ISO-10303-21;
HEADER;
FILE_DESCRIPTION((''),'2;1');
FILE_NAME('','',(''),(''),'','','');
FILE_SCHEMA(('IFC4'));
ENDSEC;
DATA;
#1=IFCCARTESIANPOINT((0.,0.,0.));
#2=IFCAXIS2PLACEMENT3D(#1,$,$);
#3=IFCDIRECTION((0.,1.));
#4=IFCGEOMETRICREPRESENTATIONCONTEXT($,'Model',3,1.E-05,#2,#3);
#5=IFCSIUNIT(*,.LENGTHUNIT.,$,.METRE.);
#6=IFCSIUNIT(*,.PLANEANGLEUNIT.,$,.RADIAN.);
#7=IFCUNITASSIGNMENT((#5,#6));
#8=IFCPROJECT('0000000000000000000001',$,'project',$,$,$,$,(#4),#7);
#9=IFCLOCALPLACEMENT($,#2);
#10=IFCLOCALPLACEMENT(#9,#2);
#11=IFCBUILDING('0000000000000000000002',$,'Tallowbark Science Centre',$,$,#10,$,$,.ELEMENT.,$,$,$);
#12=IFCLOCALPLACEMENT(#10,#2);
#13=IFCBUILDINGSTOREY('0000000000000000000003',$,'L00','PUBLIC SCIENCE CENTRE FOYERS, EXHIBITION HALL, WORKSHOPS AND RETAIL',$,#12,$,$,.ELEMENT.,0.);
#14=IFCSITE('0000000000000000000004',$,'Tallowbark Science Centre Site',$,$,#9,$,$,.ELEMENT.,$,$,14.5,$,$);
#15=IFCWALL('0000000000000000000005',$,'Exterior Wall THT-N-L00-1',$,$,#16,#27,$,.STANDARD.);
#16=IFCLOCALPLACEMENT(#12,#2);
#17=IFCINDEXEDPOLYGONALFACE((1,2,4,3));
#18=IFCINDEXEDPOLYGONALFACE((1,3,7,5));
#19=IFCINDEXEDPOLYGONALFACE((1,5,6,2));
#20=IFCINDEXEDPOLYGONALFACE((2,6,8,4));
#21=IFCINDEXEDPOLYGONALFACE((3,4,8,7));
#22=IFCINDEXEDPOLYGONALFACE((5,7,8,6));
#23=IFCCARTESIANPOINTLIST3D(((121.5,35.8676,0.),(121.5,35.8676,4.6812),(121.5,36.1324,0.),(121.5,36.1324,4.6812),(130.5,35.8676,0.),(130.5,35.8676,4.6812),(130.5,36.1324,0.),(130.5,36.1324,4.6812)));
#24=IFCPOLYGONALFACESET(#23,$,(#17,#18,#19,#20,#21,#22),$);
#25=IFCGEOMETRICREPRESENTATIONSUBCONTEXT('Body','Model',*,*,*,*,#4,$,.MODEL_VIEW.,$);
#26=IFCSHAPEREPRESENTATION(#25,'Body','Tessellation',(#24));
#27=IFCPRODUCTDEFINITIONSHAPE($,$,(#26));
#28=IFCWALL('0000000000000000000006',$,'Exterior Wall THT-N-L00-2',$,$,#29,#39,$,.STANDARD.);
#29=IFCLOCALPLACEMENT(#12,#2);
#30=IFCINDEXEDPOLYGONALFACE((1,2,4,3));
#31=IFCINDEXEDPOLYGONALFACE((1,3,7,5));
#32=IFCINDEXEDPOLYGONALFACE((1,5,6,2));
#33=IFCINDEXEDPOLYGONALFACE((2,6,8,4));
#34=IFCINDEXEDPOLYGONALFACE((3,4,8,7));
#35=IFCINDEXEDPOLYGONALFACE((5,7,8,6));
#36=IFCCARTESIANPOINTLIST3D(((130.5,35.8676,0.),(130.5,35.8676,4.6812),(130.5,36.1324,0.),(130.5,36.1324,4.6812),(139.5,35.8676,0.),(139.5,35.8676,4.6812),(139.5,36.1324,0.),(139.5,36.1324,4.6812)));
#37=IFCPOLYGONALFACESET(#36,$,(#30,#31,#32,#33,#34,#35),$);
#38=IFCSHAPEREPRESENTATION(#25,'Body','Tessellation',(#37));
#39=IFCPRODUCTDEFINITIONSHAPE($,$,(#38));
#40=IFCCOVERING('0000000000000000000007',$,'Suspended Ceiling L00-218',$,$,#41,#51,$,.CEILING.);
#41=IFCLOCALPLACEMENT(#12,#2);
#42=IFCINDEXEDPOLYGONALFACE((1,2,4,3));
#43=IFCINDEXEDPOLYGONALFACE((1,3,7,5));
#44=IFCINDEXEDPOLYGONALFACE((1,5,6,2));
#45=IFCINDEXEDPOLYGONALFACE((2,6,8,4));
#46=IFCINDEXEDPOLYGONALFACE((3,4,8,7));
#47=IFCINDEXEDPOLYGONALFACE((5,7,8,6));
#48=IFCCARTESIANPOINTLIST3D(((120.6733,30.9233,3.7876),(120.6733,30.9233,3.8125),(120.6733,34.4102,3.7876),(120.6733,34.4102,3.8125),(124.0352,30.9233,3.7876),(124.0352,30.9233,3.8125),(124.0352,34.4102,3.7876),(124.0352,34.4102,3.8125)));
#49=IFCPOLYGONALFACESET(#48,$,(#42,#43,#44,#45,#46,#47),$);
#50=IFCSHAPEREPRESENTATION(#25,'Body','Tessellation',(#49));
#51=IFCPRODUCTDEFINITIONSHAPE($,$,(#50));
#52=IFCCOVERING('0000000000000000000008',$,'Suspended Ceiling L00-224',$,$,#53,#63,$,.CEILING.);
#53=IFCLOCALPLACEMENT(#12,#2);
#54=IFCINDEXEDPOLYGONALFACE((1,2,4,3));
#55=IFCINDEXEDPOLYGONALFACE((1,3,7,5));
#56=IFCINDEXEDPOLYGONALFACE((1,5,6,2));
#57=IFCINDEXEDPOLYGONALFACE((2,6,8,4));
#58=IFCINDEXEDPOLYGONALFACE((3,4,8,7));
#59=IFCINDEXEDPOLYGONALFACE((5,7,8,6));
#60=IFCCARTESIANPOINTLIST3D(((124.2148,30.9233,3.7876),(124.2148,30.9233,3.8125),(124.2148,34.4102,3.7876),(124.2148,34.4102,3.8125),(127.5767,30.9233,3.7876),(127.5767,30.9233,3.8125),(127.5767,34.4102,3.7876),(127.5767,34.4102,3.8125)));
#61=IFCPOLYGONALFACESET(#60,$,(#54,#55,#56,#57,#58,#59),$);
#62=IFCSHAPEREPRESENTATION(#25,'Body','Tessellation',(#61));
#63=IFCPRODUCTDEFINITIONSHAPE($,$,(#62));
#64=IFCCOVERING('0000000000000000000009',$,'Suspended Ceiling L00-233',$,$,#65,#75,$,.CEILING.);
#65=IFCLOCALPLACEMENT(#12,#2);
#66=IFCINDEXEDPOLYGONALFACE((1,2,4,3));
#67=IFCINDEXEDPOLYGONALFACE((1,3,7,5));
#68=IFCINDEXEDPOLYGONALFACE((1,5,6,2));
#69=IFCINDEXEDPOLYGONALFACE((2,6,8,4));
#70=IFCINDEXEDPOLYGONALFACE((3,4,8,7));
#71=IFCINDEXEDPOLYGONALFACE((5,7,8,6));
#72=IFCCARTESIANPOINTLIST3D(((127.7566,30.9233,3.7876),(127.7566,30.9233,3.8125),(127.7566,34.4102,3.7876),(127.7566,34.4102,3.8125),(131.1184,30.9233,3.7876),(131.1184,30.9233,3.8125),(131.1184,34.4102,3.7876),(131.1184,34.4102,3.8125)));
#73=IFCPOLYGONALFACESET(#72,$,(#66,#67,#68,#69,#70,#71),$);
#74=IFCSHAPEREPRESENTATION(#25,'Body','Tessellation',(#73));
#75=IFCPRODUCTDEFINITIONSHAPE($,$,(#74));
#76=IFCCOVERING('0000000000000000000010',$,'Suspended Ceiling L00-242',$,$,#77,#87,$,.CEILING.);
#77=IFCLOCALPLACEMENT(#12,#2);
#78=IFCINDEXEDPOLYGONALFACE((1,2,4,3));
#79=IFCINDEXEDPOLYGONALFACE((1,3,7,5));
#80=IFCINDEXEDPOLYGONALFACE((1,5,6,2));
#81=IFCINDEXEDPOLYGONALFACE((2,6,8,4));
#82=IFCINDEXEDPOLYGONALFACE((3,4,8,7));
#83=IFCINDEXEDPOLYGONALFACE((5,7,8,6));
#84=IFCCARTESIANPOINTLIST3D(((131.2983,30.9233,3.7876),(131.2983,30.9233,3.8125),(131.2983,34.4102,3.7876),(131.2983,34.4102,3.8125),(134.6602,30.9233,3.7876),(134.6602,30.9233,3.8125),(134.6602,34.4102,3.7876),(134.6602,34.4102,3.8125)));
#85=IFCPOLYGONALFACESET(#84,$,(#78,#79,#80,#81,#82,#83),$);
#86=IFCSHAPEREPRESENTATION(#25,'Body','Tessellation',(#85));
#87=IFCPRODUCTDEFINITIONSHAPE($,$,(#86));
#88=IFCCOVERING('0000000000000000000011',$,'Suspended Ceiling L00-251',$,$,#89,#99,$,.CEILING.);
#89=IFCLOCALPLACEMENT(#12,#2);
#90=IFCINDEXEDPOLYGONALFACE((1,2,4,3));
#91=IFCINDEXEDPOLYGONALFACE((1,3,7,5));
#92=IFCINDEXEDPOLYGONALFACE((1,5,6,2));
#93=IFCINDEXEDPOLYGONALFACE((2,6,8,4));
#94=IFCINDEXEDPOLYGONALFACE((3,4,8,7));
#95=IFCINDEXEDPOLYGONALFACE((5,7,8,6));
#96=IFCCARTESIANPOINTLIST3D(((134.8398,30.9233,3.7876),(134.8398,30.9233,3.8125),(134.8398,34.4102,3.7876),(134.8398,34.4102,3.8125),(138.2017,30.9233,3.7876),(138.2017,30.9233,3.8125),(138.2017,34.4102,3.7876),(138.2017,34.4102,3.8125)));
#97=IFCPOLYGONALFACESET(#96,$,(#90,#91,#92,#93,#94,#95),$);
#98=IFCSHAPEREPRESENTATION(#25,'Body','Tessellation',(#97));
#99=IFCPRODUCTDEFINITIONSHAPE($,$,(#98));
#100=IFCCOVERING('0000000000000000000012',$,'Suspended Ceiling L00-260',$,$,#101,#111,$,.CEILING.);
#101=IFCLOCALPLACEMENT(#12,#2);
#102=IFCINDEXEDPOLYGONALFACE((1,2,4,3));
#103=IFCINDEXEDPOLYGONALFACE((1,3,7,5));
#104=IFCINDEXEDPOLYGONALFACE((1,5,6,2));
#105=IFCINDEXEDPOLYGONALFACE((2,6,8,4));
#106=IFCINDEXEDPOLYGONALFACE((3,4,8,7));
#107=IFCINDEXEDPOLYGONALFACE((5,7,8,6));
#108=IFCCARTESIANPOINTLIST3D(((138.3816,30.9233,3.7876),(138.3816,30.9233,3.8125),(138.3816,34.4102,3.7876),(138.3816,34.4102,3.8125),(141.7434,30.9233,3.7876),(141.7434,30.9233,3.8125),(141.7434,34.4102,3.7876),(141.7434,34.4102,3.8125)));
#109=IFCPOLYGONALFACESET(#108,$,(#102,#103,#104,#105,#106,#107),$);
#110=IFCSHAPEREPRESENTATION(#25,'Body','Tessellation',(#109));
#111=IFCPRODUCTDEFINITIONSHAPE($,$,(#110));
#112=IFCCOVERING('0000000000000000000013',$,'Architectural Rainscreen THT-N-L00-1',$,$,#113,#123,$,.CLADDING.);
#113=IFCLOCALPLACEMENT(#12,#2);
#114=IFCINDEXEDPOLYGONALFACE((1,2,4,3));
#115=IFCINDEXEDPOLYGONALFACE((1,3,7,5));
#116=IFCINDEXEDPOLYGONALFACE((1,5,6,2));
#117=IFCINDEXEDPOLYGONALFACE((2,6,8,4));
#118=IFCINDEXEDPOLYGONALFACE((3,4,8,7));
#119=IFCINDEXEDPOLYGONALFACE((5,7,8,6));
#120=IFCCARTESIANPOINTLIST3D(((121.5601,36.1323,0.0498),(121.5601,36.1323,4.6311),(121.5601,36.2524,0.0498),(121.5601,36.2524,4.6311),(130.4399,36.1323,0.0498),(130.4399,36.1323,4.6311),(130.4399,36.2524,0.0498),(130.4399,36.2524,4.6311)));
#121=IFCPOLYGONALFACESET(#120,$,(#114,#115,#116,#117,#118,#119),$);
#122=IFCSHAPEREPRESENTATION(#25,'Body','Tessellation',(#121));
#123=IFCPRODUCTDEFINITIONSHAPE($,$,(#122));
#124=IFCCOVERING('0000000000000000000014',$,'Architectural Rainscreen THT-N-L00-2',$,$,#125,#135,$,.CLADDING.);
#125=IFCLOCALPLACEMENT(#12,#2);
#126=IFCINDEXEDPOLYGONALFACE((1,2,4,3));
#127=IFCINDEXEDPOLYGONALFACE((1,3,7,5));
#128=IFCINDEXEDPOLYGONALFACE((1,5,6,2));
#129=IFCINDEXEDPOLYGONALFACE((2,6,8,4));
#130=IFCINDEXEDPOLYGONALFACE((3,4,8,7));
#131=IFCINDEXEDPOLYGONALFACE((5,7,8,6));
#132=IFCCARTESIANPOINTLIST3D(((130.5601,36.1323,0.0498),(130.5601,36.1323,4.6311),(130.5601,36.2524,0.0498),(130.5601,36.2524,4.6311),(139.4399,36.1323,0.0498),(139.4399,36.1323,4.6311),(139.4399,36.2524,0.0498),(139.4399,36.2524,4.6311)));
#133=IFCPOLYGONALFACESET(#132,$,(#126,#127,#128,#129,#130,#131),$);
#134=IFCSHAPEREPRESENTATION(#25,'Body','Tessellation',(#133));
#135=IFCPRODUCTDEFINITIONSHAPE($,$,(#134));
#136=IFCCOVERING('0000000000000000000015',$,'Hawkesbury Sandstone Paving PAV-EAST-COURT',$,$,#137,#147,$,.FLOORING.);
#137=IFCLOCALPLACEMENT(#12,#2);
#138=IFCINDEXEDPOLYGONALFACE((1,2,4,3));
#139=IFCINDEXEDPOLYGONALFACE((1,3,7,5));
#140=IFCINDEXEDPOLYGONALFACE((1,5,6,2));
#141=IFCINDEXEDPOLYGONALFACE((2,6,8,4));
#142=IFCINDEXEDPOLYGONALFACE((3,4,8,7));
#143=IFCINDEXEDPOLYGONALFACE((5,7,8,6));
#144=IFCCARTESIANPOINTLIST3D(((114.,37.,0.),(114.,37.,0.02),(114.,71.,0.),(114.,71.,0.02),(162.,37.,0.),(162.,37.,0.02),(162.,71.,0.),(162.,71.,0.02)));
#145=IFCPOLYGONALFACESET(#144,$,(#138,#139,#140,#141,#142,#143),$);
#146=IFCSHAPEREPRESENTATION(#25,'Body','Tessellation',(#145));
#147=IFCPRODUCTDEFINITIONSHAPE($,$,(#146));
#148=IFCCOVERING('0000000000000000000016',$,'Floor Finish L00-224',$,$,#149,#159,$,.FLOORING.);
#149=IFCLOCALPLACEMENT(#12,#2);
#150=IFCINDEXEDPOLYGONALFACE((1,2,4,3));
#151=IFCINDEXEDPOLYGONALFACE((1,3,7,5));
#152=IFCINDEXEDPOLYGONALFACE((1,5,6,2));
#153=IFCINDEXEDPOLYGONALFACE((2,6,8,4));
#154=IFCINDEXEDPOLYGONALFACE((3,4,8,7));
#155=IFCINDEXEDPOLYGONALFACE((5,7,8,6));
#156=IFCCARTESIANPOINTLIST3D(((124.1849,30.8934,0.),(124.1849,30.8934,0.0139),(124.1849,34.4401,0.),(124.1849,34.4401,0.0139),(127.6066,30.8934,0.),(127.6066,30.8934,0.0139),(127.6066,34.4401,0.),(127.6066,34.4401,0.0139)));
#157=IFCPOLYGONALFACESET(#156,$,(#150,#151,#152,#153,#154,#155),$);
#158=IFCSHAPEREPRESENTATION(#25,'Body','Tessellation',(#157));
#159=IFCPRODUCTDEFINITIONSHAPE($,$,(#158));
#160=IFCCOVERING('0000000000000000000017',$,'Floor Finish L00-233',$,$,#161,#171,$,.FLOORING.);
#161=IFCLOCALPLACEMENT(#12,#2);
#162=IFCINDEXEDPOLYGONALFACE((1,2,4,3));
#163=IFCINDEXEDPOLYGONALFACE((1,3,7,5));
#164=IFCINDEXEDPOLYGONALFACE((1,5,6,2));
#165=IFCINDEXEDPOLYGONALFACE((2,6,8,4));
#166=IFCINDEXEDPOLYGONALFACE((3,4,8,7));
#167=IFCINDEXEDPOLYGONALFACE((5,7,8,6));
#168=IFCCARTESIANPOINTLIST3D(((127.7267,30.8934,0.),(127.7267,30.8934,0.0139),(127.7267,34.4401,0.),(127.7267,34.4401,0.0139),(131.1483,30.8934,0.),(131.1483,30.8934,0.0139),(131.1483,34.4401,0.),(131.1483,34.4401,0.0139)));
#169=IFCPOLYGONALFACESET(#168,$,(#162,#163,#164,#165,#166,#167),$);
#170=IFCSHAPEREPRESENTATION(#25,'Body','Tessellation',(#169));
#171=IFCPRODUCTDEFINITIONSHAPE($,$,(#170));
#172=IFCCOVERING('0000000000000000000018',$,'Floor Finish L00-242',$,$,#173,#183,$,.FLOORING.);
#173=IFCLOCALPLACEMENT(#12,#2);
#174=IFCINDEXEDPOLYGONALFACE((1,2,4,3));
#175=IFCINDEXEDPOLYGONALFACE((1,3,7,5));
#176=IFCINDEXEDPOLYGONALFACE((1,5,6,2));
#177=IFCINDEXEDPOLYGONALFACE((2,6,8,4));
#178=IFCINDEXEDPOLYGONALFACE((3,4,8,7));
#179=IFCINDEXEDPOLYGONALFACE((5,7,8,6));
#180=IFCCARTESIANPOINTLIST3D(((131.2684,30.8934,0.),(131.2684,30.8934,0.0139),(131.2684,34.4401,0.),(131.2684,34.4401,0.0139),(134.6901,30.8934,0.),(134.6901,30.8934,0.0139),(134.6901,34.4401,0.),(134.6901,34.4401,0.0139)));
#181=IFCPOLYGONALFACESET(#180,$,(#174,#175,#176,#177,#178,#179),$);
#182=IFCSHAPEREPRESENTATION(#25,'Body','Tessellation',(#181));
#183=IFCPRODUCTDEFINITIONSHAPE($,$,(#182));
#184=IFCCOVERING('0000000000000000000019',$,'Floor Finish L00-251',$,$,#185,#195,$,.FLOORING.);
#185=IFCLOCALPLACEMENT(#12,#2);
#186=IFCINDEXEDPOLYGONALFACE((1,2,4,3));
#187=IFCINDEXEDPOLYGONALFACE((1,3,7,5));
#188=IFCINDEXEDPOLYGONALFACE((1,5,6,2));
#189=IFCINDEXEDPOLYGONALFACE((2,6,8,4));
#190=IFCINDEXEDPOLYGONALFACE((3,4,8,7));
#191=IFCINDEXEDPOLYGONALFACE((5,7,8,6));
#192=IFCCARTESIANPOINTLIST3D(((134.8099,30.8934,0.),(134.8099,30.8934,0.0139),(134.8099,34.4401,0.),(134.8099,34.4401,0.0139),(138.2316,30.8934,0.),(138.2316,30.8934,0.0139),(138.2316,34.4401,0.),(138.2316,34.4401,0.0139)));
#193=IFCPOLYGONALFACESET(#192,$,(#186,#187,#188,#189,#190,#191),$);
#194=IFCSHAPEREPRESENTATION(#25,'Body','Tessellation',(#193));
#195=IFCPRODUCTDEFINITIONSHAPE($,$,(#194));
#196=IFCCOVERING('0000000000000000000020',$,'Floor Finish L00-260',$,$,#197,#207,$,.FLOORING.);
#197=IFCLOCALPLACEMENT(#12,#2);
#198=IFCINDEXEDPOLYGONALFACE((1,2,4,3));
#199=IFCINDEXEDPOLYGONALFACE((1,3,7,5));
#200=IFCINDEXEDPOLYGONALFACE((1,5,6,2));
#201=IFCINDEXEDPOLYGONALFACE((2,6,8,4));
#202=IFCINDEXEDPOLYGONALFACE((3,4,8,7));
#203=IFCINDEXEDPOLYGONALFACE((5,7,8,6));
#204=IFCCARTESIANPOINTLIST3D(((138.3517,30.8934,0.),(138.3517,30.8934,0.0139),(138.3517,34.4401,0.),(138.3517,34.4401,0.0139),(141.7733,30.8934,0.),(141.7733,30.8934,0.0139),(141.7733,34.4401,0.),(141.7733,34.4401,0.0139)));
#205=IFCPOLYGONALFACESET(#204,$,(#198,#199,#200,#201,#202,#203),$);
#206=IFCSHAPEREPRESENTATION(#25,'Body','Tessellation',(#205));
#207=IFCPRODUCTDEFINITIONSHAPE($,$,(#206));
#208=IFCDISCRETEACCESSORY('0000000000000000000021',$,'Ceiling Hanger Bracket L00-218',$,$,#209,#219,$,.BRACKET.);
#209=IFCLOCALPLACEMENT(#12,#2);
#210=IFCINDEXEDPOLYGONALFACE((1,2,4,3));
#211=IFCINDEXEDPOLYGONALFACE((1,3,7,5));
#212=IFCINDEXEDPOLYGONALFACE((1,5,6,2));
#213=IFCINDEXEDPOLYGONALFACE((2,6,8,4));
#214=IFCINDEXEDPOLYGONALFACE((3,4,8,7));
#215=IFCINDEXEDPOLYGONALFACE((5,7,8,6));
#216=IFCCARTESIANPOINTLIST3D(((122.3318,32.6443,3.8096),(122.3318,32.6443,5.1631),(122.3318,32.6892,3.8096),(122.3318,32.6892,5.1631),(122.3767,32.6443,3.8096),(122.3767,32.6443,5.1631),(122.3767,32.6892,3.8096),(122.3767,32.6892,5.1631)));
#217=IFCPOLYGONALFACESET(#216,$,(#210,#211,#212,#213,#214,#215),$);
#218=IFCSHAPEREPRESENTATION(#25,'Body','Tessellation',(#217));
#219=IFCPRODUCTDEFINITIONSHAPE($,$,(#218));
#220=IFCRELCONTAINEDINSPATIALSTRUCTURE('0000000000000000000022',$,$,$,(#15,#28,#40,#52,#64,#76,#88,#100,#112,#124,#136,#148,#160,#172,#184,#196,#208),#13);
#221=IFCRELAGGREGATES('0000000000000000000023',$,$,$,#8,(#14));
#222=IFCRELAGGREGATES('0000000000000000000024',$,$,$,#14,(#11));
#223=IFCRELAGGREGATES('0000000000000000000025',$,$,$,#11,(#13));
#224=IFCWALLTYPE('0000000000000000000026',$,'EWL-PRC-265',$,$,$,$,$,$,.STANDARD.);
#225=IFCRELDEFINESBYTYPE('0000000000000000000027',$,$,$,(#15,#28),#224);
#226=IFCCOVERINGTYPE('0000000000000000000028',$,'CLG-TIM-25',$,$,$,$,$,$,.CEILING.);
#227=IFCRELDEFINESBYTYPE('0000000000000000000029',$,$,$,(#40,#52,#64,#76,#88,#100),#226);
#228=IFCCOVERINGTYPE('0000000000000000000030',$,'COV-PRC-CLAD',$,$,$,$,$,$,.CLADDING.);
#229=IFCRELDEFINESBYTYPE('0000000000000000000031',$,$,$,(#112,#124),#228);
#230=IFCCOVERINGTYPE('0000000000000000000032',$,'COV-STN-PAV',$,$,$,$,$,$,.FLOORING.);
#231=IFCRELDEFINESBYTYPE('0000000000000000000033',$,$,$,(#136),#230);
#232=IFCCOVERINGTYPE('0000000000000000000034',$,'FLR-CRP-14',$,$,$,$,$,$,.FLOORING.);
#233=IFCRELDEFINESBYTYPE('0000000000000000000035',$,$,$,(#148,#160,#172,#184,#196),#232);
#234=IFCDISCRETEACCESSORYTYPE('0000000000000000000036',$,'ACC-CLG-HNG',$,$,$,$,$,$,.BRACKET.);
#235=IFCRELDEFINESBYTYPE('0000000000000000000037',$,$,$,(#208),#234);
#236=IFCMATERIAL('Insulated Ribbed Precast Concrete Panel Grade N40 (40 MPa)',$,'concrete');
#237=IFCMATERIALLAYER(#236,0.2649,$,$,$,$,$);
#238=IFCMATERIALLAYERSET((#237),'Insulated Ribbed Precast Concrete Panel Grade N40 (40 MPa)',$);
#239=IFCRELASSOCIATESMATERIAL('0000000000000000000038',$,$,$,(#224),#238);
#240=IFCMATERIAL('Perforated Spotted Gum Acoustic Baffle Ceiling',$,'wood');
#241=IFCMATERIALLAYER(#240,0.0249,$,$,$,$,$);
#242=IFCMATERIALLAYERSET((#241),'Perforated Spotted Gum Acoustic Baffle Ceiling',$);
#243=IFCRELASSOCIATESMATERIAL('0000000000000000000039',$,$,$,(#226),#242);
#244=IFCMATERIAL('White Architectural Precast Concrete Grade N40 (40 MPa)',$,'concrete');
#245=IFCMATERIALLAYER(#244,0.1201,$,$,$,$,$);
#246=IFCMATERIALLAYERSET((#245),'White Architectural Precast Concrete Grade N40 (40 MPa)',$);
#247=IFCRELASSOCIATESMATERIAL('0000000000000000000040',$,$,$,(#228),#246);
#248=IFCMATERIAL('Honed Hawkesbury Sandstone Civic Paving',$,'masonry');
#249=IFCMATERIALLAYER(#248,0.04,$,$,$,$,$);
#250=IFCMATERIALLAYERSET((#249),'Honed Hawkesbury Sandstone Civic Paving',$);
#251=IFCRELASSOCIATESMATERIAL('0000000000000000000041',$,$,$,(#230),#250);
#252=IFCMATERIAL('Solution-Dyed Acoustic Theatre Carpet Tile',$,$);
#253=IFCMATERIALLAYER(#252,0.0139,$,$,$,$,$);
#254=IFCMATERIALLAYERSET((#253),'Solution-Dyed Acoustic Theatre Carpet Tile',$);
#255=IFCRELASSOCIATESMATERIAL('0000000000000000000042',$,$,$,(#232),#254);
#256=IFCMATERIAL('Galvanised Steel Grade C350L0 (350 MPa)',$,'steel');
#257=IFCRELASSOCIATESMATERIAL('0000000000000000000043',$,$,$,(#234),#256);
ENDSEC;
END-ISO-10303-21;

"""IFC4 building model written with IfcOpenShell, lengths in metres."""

from ifc_helpers import new_model, si_unit, direction, frame, frame_2d, origin, origin_2d, place, context, subcontext, project, spatial, rectangle, extrude, material, layer, layer_set, type_object, element, save


model = new_model("IFC4")

# Units and contexts
model_context = context("Model", 3, precision=1e-05, world=origin(), true_north=direction((0.0, 1.0)))
body_context = subcontext(model_context, "Body", "Model", "MODEL_VIEW")
ifc_project = project(units=[si_unit("LENGTHUNIT", "METRE"), si_unit("PLANEANGLEUNIT", "RADIAN")], contexts=[model_context])

# Site, building, storey
site_placement = place(None, origin())
site = spatial("IfcSite", under=ifc_project, at=site_placement, Name="Tallowbark Science Centre Site", CompositionType="ELEMENT", RefElevation=14.5)
building_placement = place(site_placement, origin())
building = spatial("IfcBuilding", under=site, at=building_placement, Name="Tallowbark Science Centre", CompositionType="ELEMENT")
storey_placement = place(building_placement, origin())
storey = spatial("IfcBuildingStorey", under=building, at=storey_placement, Name="L00", Description="PUBLIC SCIENCE CENTRE FOYERS, EXHIBITION HALL, WORKSHOPS AND RETAIL", CompositionType="ELEMENT", Elevation=0.0)

# Walls
ifc_material_1 = material(Name="Insulated Ribbed Precast Concrete Panel Grade N40 (40 MPa)", Category="concrete")
ifc_layer_1 = layer(ifc_material_1, 0.2649)
ifc_layer_set_1 = layer_set([ifc_layer_1], Name="Insulated Ribbed Precast Concrete Panel Grade N40 (40 MPa)")
wall_type = type_object("IfcWallType", Name="EWL-PRC-265", PredefinedType="STANDARD", material=ifc_layer_set_1)
for number, where, z_axis, x_axis, name in (
    (1, (130.5, 36.0, 0.0), (0.0, 0.0, 1.0), (-1.0, 0.0, 0.0), "Exterior Wall THT-N-L00-1"),
    (2, (139.5, 36.0, 0.0), (0.0, 0.0, 1.0), (-1.0, 0.0, 0.0), "Exterior Wall THT-N-L00-2"),
):
    element("IfcWall", number, at=place(storey_placement, frame(where, z_axis=z_axis, x_axis=x_axis)), inside=storey, type_object=wall_type, Name=name, PredefinedType="STANDARD", context=body_context, shape_type="SweptSolid", body=[
        extrude(rectangle(XDim=9.0, YDim=0.2649, at=frame_2d((4.5, 0.0))), origin(), (0.0, 0.0, 1.0), 4.6812),
    ])

# Coverings
ifc_material_2 = material(Name="Perforated Spotted Gum Acoustic Baffle Ceiling", Category="wood")
ifc_layer_2 = layer(ifc_material_2, 0.0249)
ifc_layer_set_2 = layer_set([ifc_layer_2], Name="Perforated Spotted Gum Acoustic Baffle Ceiling")
covering_type_1 = type_object("IfcCoveringType", Name="CLG-TIM-25", PredefinedType="CEILING", material=ifc_layer_set_2)
for number, where, z_axis, x_axis, name in (
    (3, (122.3542, 32.6667, 3.7876), (0.0, 0.0, 1.0), (1.0, 0.0, 0.0), "Suspended Ceiling L00-218"),
    (4, (125.8958, 32.6667, 3.7876), (0.0, 0.0, 1.0), (1.0, 0.0, 0.0), "Suspended Ceiling L00-224"),
    (5, (129.4375, 32.6667, 3.7876), (0.0, 0.0, 1.0), (1.0, 0.0, 0.0), "Suspended Ceiling L00-233"),
    (6, (132.9792, 32.6667, 3.7876), (0.0, 0.0, 1.0), (1.0, 0.0, 0.0), "Suspended Ceiling L00-242"),
    (7, (136.5208, 32.6667, 3.7876), (0.0, 0.0, 1.0), (1.0, 0.0, 0.0), "Suspended Ceiling L00-251"),
    (8, (140.0625, 32.6667, 3.7876), (0.0, 0.0, 1.0), (1.0, 0.0, 0.0), "Suspended Ceiling L00-260"),
):
    element("IfcCovering", number, at=place(storey_placement, frame(where, z_axis=z_axis, x_axis=x_axis)), inside=storey, type_object=covering_type_1, Name=name, PredefinedType="CEILING", context=body_context, shape_type="SweptSolid", body=[
        extrude(rectangle(XDim=3.3618, YDim=3.4868, at=origin_2d()), origin(), (0.0, 0.0, 1.0), 0.0249),
    ])
ifc_material_3 = material(Name="White Architectural Precast Concrete Grade N40 (40 MPa)", Category="concrete")
ifc_layer_3 = layer(ifc_material_3, 0.1201)
ifc_layer_set_3 = layer_set([ifc_layer_3], Name="White Architectural Precast Concrete Grade N40 (40 MPa)")
covering_type_2 = type_object("IfcCoveringType", Name="COV-PRC-CLAD", PredefinedType="CLADDING", material=ifc_layer_set_3)
for number, where, z_axis, x_axis, name in (
    (9, (126.0, 36.1924, 0.0498), (0.0, 0.0, 1.0), (-1.0, 0.0, 0.0), "Architectural Rainscreen THT-N-L00-1"),
    (10, (135.0, 36.1924, 0.0498), (0.0, 0.0, 1.0), (-1.0, 0.0, 0.0), "Architectural Rainscreen THT-N-L00-2"),
):
    element("IfcCovering", number, at=place(storey_placement, frame(where, z_axis=z_axis, x_axis=x_axis)), inside=storey, type_object=covering_type_2, Name=name, PredefinedType="CLADDING", context=body_context, shape_type="SweptSolid", body=[
        extrude(rectangle(XDim=8.8799, YDim=0.1201, at=origin_2d()), origin(), (0.0, 0.0, 1.0), 4.5813),
    ])
ifc_material_4 = material(Name="Honed Hawkesbury Sandstone Civic Paving", Category="masonry")
ifc_layer_4 = layer(ifc_material_4, 0.04)
ifc_layer_set_4 = layer_set([ifc_layer_4], Name="Honed Hawkesbury Sandstone Civic Paving")
covering_type_3 = type_object("IfcCoveringType", Name="COV-STN-PAV", PredefinedType="FLOORING", material=ifc_layer_set_4)
covering_placement = place(storey_placement, frame((138.0, 54.0, 0.0), z_axis=(0.0, 0.0, 1.0), x_axis=(1.0, 0.0, 0.0)))
element("IfcCovering", 11, at=covering_placement, inside=storey, type_object=covering_type_3, Name="Hawkesbury Sandstone Paving PAV-EAST-COURT", PredefinedType="FLOORING", context=body_context, shape_type="SweptSolid", body=[
    extrude(rectangle(XDim=48.0, YDim=34.0, at=origin_2d()), origin(), (0.0, 0.0, 1.0), 0.02),
])
ifc_material_5 = material(Name="Solution-Dyed Acoustic Theatre Carpet Tile")
ifc_layer_5 = layer(ifc_material_5, 0.0139)
ifc_layer_set_5 = layer_set([ifc_layer_5], Name="Solution-Dyed Acoustic Theatre Carpet Tile")
covering_type_4 = type_object("IfcCoveringType", Name="FLR-CRP-14", PredefinedType="FLOORING", material=ifc_layer_set_5)
for number, where, z_axis, x_axis, name in (
    (12, (125.8958, 32.6667, 0.0), (0.0, 0.0, 1.0), (1.0, 0.0, 0.0), "Floor Finish L00-224"),
    (13, (129.4375, 32.6667, 0.0), (0.0, 0.0, 1.0), (1.0, 0.0, 0.0), "Floor Finish L00-233"),
    (14, (132.9792, 32.6667, 0.0), (0.0, 0.0, 1.0), (1.0, 0.0, 0.0), "Floor Finish L00-242"),
    (15, (136.5208, 32.6667, 0.0), (0.0, 0.0, 1.0), (1.0, 0.0, 0.0), "Floor Finish L00-251"),
    (16, (140.0625, 32.6667, 0.0), (0.0, 0.0, 1.0), (1.0, 0.0, 0.0), "Floor Finish L00-260"),
):
    element("IfcCovering", number, at=place(storey_placement, frame(where, z_axis=z_axis, x_axis=x_axis)), inside=storey, type_object=covering_type_4, Name=name, PredefinedType="FLOORING", context=body_context, shape_type="SweptSolid", body=[
        extrude(rectangle(XDim=3.4216, YDim=3.5466, at=origin_2d()), origin(), (0.0, 0.0, 1.0), 0.0139),
    ])

# Discrete accessory
ifc_material_6 = material(Name="Galvanised Steel Grade C350L0 (350 MPa)", Category="steel")
discrete_accessory_type = type_object("IfcDiscreteAccessoryType", Name="ACC-CLG-HNG", PredefinedType="BRACKET", material=ifc_material_6)
for number, where, z_axis, x_axis, name in (
    (17, (122.3542, 32.6667, 3.8096), (0.0, 0.0, 1.0), (1.0, 0.0, 0.0), "Ceiling Hanger Bracket L00-218"),
):
    element("IfcDiscreteAccessory", number, at=place(storey_placement, frame(where, z_axis=z_axis, x_axis=x_axis)), inside=storey, type_object=discrete_accessory_type, Name=name, PredefinedType="BRACKET", context=body_context, shape_type="SweptSolid", body=[
        extrude(rectangle(XDim=0.0449, YDim=0.0449, at=origin_2d()), origin(), (0.0, 0.0, 1.0), 1.3535),
    ])

save(model, "model.ifc")
